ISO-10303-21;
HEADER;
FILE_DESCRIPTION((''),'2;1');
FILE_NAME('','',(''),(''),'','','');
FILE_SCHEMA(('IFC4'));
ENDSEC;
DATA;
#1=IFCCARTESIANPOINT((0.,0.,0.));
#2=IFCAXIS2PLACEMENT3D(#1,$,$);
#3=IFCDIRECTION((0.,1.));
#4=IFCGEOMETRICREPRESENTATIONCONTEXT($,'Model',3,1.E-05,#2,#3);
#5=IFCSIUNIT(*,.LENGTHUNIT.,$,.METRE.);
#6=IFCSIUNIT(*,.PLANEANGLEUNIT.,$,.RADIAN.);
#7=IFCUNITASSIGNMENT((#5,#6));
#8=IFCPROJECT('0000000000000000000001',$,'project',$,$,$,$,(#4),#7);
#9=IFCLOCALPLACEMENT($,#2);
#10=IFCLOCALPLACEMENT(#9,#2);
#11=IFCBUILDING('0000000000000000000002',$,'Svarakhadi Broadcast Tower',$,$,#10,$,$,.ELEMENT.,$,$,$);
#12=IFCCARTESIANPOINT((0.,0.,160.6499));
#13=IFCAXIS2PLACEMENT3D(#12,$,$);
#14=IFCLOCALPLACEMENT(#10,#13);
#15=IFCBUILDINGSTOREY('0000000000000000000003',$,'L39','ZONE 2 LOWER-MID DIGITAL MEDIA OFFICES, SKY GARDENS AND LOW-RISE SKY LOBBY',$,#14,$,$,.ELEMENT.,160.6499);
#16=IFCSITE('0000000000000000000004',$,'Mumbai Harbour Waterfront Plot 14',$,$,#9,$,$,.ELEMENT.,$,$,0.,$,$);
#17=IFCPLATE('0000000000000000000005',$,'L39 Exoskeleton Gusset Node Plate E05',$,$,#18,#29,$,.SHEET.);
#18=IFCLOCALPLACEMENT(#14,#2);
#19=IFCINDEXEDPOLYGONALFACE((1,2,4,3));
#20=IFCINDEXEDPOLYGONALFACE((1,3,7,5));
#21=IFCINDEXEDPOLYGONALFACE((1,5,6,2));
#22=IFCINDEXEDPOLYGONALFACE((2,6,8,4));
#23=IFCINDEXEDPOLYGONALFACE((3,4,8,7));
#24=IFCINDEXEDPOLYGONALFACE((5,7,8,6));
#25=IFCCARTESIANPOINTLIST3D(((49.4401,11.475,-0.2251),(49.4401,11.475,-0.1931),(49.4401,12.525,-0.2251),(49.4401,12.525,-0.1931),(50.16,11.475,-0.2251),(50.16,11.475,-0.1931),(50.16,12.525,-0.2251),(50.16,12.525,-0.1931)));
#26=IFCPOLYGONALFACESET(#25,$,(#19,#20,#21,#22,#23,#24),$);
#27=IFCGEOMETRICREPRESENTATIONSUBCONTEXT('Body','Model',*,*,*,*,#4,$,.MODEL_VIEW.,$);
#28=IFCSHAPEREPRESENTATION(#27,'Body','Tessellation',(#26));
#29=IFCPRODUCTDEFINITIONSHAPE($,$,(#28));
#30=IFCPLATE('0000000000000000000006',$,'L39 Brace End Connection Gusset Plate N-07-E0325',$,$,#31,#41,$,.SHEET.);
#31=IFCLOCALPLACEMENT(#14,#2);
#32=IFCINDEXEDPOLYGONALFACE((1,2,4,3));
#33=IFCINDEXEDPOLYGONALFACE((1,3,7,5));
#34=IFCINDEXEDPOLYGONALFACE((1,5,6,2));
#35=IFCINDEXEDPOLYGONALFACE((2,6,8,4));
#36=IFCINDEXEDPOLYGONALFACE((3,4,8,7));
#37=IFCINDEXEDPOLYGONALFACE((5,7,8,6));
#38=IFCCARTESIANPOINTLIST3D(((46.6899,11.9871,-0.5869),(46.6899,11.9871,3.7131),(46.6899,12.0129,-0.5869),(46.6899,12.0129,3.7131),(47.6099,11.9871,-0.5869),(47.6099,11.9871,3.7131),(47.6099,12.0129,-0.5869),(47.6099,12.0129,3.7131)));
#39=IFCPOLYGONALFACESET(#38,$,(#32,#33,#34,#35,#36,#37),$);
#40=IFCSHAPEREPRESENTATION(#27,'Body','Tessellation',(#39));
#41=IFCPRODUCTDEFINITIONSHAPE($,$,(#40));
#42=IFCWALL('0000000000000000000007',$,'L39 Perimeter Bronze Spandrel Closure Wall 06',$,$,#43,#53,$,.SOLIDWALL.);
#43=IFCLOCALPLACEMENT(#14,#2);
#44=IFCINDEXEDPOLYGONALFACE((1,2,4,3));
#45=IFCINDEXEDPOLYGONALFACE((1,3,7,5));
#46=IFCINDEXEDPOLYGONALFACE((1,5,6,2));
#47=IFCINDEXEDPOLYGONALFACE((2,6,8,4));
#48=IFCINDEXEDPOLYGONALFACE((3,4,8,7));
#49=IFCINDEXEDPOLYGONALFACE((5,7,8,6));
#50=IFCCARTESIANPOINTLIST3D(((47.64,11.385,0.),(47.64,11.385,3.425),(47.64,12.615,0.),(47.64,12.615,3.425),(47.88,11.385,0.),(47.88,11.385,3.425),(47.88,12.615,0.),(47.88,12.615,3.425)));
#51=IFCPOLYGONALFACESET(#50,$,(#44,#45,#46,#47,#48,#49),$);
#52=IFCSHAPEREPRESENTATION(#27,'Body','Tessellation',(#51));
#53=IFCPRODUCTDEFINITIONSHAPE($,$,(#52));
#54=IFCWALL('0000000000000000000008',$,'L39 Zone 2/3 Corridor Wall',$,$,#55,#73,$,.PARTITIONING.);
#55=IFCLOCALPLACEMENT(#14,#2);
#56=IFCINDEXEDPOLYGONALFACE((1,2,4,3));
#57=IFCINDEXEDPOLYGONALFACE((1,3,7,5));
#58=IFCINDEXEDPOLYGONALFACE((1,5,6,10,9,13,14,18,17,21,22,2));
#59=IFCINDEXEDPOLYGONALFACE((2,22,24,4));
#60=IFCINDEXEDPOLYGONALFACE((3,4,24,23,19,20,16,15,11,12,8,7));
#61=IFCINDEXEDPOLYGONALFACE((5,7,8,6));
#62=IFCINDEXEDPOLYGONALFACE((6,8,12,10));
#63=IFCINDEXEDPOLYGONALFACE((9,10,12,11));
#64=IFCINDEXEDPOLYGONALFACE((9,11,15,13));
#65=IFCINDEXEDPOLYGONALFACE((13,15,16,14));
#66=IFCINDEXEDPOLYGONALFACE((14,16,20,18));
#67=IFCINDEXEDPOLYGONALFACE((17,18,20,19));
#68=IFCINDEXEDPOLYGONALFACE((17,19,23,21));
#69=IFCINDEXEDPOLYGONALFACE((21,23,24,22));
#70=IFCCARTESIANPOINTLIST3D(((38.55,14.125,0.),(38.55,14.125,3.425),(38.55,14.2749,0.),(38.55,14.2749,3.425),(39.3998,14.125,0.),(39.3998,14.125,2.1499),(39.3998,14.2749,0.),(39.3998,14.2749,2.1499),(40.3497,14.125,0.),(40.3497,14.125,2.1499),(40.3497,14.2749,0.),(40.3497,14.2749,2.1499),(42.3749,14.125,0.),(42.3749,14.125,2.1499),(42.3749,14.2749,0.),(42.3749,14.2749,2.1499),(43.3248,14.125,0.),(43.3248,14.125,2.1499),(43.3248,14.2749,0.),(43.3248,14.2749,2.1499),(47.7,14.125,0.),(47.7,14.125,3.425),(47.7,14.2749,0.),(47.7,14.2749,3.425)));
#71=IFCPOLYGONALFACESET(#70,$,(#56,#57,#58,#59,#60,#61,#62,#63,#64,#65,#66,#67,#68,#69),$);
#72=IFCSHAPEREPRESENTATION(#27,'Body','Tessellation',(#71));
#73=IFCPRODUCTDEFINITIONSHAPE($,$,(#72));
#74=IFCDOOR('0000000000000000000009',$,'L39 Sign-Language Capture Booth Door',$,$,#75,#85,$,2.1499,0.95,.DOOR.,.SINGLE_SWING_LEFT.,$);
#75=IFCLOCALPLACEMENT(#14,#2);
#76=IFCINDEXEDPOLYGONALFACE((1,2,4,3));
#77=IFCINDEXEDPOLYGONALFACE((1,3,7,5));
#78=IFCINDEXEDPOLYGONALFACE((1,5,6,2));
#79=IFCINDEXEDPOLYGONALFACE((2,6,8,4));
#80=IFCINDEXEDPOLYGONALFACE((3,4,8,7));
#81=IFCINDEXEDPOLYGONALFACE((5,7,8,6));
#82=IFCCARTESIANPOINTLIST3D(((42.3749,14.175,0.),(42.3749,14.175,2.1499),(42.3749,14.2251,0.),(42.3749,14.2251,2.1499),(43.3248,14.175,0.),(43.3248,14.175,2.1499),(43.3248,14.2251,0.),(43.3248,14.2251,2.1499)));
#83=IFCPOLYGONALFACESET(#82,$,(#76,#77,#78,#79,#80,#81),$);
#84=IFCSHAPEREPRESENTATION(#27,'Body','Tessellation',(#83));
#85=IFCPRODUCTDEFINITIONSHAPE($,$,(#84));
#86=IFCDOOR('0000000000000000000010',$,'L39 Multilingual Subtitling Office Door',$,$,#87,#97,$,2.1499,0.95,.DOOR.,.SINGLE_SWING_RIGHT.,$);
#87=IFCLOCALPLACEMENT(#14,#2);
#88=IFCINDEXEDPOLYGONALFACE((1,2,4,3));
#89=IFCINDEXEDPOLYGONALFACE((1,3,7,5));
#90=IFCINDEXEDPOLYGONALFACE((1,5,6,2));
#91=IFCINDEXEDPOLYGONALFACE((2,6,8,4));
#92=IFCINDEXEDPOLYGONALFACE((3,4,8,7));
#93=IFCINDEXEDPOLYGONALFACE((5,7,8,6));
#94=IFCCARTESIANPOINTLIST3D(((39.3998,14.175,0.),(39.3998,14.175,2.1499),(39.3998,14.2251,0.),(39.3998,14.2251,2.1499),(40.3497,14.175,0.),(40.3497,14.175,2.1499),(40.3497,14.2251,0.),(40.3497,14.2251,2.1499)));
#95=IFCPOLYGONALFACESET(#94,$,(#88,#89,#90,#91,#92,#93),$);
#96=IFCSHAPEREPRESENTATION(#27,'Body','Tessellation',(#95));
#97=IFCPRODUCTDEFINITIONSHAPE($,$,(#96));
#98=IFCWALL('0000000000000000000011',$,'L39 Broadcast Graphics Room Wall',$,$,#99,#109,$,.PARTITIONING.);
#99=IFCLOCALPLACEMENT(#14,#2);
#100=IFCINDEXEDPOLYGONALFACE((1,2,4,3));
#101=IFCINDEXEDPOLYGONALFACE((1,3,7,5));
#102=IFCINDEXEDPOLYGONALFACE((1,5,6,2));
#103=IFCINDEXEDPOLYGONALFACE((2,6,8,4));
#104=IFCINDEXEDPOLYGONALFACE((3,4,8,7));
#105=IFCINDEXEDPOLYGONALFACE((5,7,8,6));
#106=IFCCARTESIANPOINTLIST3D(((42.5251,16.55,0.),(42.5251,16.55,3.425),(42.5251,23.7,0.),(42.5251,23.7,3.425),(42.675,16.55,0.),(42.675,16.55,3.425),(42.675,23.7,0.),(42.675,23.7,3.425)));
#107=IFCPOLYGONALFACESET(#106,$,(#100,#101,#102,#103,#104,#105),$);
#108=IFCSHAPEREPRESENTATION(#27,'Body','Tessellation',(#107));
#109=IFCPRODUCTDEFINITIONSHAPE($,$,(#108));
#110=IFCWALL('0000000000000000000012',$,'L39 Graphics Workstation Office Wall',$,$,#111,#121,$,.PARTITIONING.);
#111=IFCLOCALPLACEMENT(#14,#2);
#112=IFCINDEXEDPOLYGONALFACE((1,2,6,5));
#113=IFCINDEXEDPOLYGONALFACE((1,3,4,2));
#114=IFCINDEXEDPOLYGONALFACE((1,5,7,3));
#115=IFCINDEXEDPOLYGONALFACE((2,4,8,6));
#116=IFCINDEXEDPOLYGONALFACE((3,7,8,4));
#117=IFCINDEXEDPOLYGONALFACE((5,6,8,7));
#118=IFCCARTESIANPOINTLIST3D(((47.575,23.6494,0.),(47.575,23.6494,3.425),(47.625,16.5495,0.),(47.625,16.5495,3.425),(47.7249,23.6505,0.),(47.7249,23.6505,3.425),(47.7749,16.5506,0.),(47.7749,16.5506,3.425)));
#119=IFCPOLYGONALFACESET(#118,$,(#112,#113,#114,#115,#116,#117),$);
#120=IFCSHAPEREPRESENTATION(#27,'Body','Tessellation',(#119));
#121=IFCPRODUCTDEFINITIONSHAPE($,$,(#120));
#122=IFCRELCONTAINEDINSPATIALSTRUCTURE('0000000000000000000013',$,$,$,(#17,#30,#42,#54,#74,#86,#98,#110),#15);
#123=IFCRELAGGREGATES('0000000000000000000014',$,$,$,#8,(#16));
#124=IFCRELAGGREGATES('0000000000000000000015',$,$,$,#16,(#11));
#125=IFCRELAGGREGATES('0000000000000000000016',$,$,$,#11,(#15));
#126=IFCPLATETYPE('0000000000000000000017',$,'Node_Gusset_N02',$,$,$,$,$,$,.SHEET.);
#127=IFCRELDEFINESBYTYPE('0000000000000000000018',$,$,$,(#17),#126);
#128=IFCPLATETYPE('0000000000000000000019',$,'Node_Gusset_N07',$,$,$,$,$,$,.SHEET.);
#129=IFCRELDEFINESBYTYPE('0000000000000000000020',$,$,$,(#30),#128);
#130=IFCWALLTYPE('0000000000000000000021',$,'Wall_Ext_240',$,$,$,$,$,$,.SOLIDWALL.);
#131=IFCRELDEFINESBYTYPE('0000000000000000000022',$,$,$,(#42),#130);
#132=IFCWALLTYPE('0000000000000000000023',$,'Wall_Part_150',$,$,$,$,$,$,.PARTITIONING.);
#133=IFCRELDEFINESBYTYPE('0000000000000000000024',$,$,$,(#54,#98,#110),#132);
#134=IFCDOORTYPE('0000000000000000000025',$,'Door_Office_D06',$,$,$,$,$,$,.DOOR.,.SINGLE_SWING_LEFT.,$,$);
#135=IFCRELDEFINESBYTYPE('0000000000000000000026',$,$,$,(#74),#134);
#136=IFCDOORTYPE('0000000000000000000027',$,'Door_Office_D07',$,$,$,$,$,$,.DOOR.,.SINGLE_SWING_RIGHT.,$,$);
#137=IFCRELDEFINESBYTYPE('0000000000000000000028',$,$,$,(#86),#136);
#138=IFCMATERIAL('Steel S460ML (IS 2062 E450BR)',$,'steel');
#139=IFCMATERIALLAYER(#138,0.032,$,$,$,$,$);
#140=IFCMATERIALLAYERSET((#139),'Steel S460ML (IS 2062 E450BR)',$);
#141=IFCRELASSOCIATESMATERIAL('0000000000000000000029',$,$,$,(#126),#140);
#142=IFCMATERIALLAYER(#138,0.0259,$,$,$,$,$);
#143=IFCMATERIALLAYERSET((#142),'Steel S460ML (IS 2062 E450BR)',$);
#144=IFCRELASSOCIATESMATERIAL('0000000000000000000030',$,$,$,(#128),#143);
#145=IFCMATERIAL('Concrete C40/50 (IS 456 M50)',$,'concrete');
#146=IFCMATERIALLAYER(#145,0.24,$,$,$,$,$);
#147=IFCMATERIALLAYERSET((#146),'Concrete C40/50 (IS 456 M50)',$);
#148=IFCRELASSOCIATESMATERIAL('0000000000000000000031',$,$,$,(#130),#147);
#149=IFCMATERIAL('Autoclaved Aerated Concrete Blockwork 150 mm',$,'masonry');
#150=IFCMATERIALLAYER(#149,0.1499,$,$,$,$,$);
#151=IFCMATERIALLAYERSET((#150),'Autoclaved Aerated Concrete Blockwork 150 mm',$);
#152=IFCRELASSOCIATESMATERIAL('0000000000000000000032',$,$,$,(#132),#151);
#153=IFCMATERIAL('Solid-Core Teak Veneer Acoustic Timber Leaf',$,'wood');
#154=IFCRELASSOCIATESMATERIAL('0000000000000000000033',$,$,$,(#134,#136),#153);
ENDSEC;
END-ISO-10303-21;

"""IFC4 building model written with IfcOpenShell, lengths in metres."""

from ifc_helpers import new_model, si_unit, direction, frame, frame_2d, origin, origin_2d, place, context, subcontext, project, spatial, rectangle, extrude, material, layer, layer_set, type_object, element, fill, save


model = new_model("IFC4")

# Units and contexts
model_context = context("Model", 3, precision=1e-05, world=origin(), true_north=direction((0.0, 1.0)))
body_context = subcontext(model_context, "Body", "Model", "MODEL_VIEW")
ifc_project = project(units=[si_unit("LENGTHUNIT", "METRE"), si_unit("PLANEANGLEUNIT", "RADIAN")], contexts=[model_context])

# Site, building, storey
site_placement = place(None, origin())
site = spatial("IfcSite", under=ifc_project, at=site_placement, Name="Mumbai Harbour Waterfront Plot 14", CompositionType="ELEMENT", RefElevation=0.0)
building_placement = place(site_placement, origin())
building = spatial("IfcBuilding", under=site, at=building_placement, Name="Svarakhadi Broadcast Tower", CompositionType="ELEMENT")
storey_placement = place(building_placement, frame((0.0, 0.0, 160.6499)))
storey = spatial("IfcBuildingStorey", under=building, at=storey_placement, Name="L39", Description="ZONE 2 LOWER-MID DIGITAL MEDIA OFFICES, SKY GARDENS AND LOW-RISE SKY LOBBY", CompositionType="ELEMENT", Elevation=160.6499)

# Shared definitions
ifc_material_1 = material(Name="Steel S460ML (IS 2062 E450BR)", Category="steel")

# Plates
ifc_layer_1 = layer(ifc_material_1, 0.032)
ifc_layer_set_1 = layer_set([ifc_layer_1], Name="Steel S460ML (IS 2062 E450BR)")
plate_type_1 = type_object("IfcPlateType", Name="Node_Gusset_N02", PredefinedType="SHEET", material=ifc_layer_set_1)
plate_1_placement = place(storey_placement, frame((49.8, 12.0, -0.2251), z_axis=(0.0, 0.0, 1.0), x_axis=(0.0, 1.0, 0.0)))
element("IfcPlate", 1, at=plate_1_placement, inside=storey, type_object=plate_type_1, Name="L39 Exoskeleton Gusset Node Plate E05", PredefinedType="SHEET", context=body_context, shape_type="SweptSolid", body=[
    extrude(rectangle(XDim=1.05, YDim=0.72, at=origin_2d()), origin(), (0.0, 0.0, 1.0), 0.032),
])
ifc_layer_2 = layer(ifc_material_1, 0.0259)
ifc_layer_set_2 = layer_set([ifc_layer_2], Name="Steel S460ML (IS 2062 E450BR)")
plate_type_2 = type_object("IfcPlateType", Name="Node_Gusset_N07", PredefinedType="SHEET", material=ifc_layer_set_2)
plate_2_placement = place(storey_placement, frame((47.1499, 12.0, -0.5869), z_axis=(0.0, 0.0, 1.0), x_axis=(1.0, 0.0, 0.0)))
element("IfcPlate", 2, at=plate_2_placement, inside=storey, type_object=plate_type_2, Name="L39 Brace End Connection Gusset Plate N-07-E0325", PredefinedType="SHEET", context=body_context, shape_type="SweptSolid", body=[
    extrude(rectangle(XDim=0.9199, YDim=0.0259, at=origin_2d()), origin(), (0.0, 0.0, 1.0), 4.3),
])

# Wall
ifc_material_2 = material(Name="Concrete C40/50 (IS 456 M50)", Category="concrete")
ifc_layer_3 = layer(ifc_material_2, 0.24)
ifc_layer_set_3 = layer_set([ifc_layer_3], Name="Concrete C40/50 (IS 456 M50)")
wall_type_1 = type_object("IfcWallType", Name="Wall_Ext_240", PredefinedType="SOLIDWALL", material=ifc_layer_set_3)
wall_1_placement = place(storey_placement, frame((47.76, 12.615, 0.0), z_axis=(0.0, 0.0, 1.0), x_axis=(0.0, -1.0, 0.0)))
element("IfcWall", 3, at=wall_1_placement, inside=storey, type_object=wall_type_1, Name="L39 Perimeter Bronze Spandrel Closure Wall 06", PredefinedType="SOLIDWALL", context=body_context, shape_type="SweptSolid", body=[
    extrude(rectangle(XDim=1.23, YDim=0.24, at=frame_2d((0.615, 0.0))), origin(), (0.0, 0.0, 1.0), 3.425),
])

# Wall, openings, doors
ifc_material_3 = material(Name="Autoclaved Aerated Concrete Blockwork 150 mm", Category="masonry")
ifc_layer_4 = layer(ifc_material_3, 0.1499)
ifc_layer_set_4 = layer_set([ifc_layer_4], Name="Autoclaved Aerated Concrete Blockwork 150 mm")
wall_type_2 = type_object("IfcWallType", Name="Wall_Part_150", PredefinedType="PARTITIONING", material=ifc_layer_set_4)
wall_2_placement = place(storey_placement, frame((47.7, 14.2, 0.0), z_axis=(0.0, 0.0, 1.0), x_axis=(-1.0, 0.0, 0.0)))
wall_2 = element("IfcWall", 4, at=wall_2_placement, inside=storey, type_object=wall_type_2, Name="L39 Zone 2/3 Corridor Wall", PredefinedType="PARTITIONING", context=body_context, shape_type="SweptSolid", body=[
    extrude(rectangle(XDim=9.1499, YDim=0.1499, at=frame_2d((4.575, 0.0))), origin(), (0.0, 0.0, 1.0), 3.425),
])
opening_1_placement = place(wall_2_placement, frame((7.3501, 0.0, 0.0)))
opening_1 = element("IfcOpeningElement", 5, at=opening_1_placement, cuts=wall_2, PredefinedType="OPENING", context=body_context, shape_type="SweptSolid", body=[
    extrude(rectangle(XDim=0.95, YDim=2.1499, at=frame_2d((0.4751, 1.075))), frame((0.0, 0.085, 0.0), z_axis=(0.0, -1.0, 0.0), x_axis=(1.0, 0.0, 0.0)), (0.0, 0.0, 1.0), 0.1699),
])
opening_2_placement = place(wall_2_placement, frame((4.375, 0.0, 0.0)))
opening_2 = element("IfcOpeningElement", 6, at=opening_2_placement, cuts=wall_2, PredefinedType="OPENING", context=body_context, shape_type="SweptSolid", body=[
    extrude(rectangle(XDim=0.95, YDim=2.1499, at=frame_2d((0.4751, 1.075))), frame((0.0, 0.085, 0.0), z_axis=(0.0, -1.0, 0.0), x_axis=(1.0, 0.0, 0.0)), (0.0, 0.0, 1.0), 0.1699),
])
ifc_material_4 = material(Name="Solid-Core Teak Veneer Acoustic Timber Leaf", Category="wood")
door_type_1 = type_object("IfcDoorType", Name="Door_Office_D06", OperationType="SINGLE_SWING_LEFT", PredefinedType="DOOR", material=ifc_material_4)
door_1_placement = place(opening_2_placement, origin())
door_1 = element("IfcDoor", 7, at=door_1_placement, inside=storey, type_object=door_type_1, Name="L39 Sign-Language Capture Booth Door", OperationType="SINGLE_SWING_LEFT", OverallHeight=2.1499, OverallWidth=0.95, PredefinedType="DOOR", context=body_context, shape_type="SweptSolid", body=[
    extrude(rectangle(XDim=0.95, YDim=2.1499, at=frame_2d((0.4751, 1.075))), frame((0.0, 0.0249, 0.0), z_axis=(0.0, -1.0, 0.0), x_axis=(1.0, 0.0, 0.0)), (0.0, 0.0, 1.0), 0.05),
])
fill(opening_2, door_1)
door_type_2 = type_object("IfcDoorType", Name="Door_Office_D07", OperationType="SINGLE_SWING_RIGHT", PredefinedType="DOOR", material=ifc_material_4)
door_2_placement = place(opening_1_placement, origin())
door_2 = element("IfcDoor", 8, at=door_2_placement, inside=storey, type_object=door_type_2, Name="L39 Multilingual Subtitling Office Door", OperationType="SINGLE_SWING_RIGHT", OverallHeight=2.1499, OverallWidth=0.95, PredefinedType="DOOR", context=body_context, shape_type="SweptSolid", body=[
    extrude(rectangle(XDim=0.95, YDim=2.1499, at=frame_2d((0.4751, 1.075))), frame((0.0, 0.0249, 0.0), z_axis=(0.0, -1.0, 0.0), x_axis=(1.0, 0.0, 0.0)), (0.0, 0.0, 1.0), 0.05),
])
fill(opening_1, door_2)

# Walls
wall_3_placement = place(storey_placement, frame((42.6001, 16.55, 0.0), z_axis=(0.0, 0.0, 1.0), x_axis=(0.0, 1.0, 0.0)))
element("IfcWall", 9, at=wall_3_placement, inside=storey, type_object=wall_type_2, Name="L39 Broadcast Graphics Room Wall", PredefinedType="PARTITIONING", context=body_context, shape_type="SweptSolid", body=[
    extrude(rectangle(XDim=7.1499, YDim=0.1499, at=frame_2d((3.575, 0.0))), origin(), (0.0, 0.0, 1.0), 3.425),
])
wall_4_placement = place(storey_placement, frame((47.7, 16.55, 0.0), z_axis=(0.0, 0.0, 1.0), x_axis=(-0.007049, 0.999975, 0.0)))
element("IfcWall", 10, at=wall_4_placement, inside=storey, type_object=wall_type_2, Name="L39 Graphics Workstation Office Wall", PredefinedType="PARTITIONING", context=body_context, shape_type="SweptSolid", body=[
    extrude(rectangle(XDim=7.1001, YDim=0.1499, at=frame_2d((3.55, 0.0))), origin(), (0.0, 0.0, 1.0), 3.425),
])

save(model, "model.ifc")
